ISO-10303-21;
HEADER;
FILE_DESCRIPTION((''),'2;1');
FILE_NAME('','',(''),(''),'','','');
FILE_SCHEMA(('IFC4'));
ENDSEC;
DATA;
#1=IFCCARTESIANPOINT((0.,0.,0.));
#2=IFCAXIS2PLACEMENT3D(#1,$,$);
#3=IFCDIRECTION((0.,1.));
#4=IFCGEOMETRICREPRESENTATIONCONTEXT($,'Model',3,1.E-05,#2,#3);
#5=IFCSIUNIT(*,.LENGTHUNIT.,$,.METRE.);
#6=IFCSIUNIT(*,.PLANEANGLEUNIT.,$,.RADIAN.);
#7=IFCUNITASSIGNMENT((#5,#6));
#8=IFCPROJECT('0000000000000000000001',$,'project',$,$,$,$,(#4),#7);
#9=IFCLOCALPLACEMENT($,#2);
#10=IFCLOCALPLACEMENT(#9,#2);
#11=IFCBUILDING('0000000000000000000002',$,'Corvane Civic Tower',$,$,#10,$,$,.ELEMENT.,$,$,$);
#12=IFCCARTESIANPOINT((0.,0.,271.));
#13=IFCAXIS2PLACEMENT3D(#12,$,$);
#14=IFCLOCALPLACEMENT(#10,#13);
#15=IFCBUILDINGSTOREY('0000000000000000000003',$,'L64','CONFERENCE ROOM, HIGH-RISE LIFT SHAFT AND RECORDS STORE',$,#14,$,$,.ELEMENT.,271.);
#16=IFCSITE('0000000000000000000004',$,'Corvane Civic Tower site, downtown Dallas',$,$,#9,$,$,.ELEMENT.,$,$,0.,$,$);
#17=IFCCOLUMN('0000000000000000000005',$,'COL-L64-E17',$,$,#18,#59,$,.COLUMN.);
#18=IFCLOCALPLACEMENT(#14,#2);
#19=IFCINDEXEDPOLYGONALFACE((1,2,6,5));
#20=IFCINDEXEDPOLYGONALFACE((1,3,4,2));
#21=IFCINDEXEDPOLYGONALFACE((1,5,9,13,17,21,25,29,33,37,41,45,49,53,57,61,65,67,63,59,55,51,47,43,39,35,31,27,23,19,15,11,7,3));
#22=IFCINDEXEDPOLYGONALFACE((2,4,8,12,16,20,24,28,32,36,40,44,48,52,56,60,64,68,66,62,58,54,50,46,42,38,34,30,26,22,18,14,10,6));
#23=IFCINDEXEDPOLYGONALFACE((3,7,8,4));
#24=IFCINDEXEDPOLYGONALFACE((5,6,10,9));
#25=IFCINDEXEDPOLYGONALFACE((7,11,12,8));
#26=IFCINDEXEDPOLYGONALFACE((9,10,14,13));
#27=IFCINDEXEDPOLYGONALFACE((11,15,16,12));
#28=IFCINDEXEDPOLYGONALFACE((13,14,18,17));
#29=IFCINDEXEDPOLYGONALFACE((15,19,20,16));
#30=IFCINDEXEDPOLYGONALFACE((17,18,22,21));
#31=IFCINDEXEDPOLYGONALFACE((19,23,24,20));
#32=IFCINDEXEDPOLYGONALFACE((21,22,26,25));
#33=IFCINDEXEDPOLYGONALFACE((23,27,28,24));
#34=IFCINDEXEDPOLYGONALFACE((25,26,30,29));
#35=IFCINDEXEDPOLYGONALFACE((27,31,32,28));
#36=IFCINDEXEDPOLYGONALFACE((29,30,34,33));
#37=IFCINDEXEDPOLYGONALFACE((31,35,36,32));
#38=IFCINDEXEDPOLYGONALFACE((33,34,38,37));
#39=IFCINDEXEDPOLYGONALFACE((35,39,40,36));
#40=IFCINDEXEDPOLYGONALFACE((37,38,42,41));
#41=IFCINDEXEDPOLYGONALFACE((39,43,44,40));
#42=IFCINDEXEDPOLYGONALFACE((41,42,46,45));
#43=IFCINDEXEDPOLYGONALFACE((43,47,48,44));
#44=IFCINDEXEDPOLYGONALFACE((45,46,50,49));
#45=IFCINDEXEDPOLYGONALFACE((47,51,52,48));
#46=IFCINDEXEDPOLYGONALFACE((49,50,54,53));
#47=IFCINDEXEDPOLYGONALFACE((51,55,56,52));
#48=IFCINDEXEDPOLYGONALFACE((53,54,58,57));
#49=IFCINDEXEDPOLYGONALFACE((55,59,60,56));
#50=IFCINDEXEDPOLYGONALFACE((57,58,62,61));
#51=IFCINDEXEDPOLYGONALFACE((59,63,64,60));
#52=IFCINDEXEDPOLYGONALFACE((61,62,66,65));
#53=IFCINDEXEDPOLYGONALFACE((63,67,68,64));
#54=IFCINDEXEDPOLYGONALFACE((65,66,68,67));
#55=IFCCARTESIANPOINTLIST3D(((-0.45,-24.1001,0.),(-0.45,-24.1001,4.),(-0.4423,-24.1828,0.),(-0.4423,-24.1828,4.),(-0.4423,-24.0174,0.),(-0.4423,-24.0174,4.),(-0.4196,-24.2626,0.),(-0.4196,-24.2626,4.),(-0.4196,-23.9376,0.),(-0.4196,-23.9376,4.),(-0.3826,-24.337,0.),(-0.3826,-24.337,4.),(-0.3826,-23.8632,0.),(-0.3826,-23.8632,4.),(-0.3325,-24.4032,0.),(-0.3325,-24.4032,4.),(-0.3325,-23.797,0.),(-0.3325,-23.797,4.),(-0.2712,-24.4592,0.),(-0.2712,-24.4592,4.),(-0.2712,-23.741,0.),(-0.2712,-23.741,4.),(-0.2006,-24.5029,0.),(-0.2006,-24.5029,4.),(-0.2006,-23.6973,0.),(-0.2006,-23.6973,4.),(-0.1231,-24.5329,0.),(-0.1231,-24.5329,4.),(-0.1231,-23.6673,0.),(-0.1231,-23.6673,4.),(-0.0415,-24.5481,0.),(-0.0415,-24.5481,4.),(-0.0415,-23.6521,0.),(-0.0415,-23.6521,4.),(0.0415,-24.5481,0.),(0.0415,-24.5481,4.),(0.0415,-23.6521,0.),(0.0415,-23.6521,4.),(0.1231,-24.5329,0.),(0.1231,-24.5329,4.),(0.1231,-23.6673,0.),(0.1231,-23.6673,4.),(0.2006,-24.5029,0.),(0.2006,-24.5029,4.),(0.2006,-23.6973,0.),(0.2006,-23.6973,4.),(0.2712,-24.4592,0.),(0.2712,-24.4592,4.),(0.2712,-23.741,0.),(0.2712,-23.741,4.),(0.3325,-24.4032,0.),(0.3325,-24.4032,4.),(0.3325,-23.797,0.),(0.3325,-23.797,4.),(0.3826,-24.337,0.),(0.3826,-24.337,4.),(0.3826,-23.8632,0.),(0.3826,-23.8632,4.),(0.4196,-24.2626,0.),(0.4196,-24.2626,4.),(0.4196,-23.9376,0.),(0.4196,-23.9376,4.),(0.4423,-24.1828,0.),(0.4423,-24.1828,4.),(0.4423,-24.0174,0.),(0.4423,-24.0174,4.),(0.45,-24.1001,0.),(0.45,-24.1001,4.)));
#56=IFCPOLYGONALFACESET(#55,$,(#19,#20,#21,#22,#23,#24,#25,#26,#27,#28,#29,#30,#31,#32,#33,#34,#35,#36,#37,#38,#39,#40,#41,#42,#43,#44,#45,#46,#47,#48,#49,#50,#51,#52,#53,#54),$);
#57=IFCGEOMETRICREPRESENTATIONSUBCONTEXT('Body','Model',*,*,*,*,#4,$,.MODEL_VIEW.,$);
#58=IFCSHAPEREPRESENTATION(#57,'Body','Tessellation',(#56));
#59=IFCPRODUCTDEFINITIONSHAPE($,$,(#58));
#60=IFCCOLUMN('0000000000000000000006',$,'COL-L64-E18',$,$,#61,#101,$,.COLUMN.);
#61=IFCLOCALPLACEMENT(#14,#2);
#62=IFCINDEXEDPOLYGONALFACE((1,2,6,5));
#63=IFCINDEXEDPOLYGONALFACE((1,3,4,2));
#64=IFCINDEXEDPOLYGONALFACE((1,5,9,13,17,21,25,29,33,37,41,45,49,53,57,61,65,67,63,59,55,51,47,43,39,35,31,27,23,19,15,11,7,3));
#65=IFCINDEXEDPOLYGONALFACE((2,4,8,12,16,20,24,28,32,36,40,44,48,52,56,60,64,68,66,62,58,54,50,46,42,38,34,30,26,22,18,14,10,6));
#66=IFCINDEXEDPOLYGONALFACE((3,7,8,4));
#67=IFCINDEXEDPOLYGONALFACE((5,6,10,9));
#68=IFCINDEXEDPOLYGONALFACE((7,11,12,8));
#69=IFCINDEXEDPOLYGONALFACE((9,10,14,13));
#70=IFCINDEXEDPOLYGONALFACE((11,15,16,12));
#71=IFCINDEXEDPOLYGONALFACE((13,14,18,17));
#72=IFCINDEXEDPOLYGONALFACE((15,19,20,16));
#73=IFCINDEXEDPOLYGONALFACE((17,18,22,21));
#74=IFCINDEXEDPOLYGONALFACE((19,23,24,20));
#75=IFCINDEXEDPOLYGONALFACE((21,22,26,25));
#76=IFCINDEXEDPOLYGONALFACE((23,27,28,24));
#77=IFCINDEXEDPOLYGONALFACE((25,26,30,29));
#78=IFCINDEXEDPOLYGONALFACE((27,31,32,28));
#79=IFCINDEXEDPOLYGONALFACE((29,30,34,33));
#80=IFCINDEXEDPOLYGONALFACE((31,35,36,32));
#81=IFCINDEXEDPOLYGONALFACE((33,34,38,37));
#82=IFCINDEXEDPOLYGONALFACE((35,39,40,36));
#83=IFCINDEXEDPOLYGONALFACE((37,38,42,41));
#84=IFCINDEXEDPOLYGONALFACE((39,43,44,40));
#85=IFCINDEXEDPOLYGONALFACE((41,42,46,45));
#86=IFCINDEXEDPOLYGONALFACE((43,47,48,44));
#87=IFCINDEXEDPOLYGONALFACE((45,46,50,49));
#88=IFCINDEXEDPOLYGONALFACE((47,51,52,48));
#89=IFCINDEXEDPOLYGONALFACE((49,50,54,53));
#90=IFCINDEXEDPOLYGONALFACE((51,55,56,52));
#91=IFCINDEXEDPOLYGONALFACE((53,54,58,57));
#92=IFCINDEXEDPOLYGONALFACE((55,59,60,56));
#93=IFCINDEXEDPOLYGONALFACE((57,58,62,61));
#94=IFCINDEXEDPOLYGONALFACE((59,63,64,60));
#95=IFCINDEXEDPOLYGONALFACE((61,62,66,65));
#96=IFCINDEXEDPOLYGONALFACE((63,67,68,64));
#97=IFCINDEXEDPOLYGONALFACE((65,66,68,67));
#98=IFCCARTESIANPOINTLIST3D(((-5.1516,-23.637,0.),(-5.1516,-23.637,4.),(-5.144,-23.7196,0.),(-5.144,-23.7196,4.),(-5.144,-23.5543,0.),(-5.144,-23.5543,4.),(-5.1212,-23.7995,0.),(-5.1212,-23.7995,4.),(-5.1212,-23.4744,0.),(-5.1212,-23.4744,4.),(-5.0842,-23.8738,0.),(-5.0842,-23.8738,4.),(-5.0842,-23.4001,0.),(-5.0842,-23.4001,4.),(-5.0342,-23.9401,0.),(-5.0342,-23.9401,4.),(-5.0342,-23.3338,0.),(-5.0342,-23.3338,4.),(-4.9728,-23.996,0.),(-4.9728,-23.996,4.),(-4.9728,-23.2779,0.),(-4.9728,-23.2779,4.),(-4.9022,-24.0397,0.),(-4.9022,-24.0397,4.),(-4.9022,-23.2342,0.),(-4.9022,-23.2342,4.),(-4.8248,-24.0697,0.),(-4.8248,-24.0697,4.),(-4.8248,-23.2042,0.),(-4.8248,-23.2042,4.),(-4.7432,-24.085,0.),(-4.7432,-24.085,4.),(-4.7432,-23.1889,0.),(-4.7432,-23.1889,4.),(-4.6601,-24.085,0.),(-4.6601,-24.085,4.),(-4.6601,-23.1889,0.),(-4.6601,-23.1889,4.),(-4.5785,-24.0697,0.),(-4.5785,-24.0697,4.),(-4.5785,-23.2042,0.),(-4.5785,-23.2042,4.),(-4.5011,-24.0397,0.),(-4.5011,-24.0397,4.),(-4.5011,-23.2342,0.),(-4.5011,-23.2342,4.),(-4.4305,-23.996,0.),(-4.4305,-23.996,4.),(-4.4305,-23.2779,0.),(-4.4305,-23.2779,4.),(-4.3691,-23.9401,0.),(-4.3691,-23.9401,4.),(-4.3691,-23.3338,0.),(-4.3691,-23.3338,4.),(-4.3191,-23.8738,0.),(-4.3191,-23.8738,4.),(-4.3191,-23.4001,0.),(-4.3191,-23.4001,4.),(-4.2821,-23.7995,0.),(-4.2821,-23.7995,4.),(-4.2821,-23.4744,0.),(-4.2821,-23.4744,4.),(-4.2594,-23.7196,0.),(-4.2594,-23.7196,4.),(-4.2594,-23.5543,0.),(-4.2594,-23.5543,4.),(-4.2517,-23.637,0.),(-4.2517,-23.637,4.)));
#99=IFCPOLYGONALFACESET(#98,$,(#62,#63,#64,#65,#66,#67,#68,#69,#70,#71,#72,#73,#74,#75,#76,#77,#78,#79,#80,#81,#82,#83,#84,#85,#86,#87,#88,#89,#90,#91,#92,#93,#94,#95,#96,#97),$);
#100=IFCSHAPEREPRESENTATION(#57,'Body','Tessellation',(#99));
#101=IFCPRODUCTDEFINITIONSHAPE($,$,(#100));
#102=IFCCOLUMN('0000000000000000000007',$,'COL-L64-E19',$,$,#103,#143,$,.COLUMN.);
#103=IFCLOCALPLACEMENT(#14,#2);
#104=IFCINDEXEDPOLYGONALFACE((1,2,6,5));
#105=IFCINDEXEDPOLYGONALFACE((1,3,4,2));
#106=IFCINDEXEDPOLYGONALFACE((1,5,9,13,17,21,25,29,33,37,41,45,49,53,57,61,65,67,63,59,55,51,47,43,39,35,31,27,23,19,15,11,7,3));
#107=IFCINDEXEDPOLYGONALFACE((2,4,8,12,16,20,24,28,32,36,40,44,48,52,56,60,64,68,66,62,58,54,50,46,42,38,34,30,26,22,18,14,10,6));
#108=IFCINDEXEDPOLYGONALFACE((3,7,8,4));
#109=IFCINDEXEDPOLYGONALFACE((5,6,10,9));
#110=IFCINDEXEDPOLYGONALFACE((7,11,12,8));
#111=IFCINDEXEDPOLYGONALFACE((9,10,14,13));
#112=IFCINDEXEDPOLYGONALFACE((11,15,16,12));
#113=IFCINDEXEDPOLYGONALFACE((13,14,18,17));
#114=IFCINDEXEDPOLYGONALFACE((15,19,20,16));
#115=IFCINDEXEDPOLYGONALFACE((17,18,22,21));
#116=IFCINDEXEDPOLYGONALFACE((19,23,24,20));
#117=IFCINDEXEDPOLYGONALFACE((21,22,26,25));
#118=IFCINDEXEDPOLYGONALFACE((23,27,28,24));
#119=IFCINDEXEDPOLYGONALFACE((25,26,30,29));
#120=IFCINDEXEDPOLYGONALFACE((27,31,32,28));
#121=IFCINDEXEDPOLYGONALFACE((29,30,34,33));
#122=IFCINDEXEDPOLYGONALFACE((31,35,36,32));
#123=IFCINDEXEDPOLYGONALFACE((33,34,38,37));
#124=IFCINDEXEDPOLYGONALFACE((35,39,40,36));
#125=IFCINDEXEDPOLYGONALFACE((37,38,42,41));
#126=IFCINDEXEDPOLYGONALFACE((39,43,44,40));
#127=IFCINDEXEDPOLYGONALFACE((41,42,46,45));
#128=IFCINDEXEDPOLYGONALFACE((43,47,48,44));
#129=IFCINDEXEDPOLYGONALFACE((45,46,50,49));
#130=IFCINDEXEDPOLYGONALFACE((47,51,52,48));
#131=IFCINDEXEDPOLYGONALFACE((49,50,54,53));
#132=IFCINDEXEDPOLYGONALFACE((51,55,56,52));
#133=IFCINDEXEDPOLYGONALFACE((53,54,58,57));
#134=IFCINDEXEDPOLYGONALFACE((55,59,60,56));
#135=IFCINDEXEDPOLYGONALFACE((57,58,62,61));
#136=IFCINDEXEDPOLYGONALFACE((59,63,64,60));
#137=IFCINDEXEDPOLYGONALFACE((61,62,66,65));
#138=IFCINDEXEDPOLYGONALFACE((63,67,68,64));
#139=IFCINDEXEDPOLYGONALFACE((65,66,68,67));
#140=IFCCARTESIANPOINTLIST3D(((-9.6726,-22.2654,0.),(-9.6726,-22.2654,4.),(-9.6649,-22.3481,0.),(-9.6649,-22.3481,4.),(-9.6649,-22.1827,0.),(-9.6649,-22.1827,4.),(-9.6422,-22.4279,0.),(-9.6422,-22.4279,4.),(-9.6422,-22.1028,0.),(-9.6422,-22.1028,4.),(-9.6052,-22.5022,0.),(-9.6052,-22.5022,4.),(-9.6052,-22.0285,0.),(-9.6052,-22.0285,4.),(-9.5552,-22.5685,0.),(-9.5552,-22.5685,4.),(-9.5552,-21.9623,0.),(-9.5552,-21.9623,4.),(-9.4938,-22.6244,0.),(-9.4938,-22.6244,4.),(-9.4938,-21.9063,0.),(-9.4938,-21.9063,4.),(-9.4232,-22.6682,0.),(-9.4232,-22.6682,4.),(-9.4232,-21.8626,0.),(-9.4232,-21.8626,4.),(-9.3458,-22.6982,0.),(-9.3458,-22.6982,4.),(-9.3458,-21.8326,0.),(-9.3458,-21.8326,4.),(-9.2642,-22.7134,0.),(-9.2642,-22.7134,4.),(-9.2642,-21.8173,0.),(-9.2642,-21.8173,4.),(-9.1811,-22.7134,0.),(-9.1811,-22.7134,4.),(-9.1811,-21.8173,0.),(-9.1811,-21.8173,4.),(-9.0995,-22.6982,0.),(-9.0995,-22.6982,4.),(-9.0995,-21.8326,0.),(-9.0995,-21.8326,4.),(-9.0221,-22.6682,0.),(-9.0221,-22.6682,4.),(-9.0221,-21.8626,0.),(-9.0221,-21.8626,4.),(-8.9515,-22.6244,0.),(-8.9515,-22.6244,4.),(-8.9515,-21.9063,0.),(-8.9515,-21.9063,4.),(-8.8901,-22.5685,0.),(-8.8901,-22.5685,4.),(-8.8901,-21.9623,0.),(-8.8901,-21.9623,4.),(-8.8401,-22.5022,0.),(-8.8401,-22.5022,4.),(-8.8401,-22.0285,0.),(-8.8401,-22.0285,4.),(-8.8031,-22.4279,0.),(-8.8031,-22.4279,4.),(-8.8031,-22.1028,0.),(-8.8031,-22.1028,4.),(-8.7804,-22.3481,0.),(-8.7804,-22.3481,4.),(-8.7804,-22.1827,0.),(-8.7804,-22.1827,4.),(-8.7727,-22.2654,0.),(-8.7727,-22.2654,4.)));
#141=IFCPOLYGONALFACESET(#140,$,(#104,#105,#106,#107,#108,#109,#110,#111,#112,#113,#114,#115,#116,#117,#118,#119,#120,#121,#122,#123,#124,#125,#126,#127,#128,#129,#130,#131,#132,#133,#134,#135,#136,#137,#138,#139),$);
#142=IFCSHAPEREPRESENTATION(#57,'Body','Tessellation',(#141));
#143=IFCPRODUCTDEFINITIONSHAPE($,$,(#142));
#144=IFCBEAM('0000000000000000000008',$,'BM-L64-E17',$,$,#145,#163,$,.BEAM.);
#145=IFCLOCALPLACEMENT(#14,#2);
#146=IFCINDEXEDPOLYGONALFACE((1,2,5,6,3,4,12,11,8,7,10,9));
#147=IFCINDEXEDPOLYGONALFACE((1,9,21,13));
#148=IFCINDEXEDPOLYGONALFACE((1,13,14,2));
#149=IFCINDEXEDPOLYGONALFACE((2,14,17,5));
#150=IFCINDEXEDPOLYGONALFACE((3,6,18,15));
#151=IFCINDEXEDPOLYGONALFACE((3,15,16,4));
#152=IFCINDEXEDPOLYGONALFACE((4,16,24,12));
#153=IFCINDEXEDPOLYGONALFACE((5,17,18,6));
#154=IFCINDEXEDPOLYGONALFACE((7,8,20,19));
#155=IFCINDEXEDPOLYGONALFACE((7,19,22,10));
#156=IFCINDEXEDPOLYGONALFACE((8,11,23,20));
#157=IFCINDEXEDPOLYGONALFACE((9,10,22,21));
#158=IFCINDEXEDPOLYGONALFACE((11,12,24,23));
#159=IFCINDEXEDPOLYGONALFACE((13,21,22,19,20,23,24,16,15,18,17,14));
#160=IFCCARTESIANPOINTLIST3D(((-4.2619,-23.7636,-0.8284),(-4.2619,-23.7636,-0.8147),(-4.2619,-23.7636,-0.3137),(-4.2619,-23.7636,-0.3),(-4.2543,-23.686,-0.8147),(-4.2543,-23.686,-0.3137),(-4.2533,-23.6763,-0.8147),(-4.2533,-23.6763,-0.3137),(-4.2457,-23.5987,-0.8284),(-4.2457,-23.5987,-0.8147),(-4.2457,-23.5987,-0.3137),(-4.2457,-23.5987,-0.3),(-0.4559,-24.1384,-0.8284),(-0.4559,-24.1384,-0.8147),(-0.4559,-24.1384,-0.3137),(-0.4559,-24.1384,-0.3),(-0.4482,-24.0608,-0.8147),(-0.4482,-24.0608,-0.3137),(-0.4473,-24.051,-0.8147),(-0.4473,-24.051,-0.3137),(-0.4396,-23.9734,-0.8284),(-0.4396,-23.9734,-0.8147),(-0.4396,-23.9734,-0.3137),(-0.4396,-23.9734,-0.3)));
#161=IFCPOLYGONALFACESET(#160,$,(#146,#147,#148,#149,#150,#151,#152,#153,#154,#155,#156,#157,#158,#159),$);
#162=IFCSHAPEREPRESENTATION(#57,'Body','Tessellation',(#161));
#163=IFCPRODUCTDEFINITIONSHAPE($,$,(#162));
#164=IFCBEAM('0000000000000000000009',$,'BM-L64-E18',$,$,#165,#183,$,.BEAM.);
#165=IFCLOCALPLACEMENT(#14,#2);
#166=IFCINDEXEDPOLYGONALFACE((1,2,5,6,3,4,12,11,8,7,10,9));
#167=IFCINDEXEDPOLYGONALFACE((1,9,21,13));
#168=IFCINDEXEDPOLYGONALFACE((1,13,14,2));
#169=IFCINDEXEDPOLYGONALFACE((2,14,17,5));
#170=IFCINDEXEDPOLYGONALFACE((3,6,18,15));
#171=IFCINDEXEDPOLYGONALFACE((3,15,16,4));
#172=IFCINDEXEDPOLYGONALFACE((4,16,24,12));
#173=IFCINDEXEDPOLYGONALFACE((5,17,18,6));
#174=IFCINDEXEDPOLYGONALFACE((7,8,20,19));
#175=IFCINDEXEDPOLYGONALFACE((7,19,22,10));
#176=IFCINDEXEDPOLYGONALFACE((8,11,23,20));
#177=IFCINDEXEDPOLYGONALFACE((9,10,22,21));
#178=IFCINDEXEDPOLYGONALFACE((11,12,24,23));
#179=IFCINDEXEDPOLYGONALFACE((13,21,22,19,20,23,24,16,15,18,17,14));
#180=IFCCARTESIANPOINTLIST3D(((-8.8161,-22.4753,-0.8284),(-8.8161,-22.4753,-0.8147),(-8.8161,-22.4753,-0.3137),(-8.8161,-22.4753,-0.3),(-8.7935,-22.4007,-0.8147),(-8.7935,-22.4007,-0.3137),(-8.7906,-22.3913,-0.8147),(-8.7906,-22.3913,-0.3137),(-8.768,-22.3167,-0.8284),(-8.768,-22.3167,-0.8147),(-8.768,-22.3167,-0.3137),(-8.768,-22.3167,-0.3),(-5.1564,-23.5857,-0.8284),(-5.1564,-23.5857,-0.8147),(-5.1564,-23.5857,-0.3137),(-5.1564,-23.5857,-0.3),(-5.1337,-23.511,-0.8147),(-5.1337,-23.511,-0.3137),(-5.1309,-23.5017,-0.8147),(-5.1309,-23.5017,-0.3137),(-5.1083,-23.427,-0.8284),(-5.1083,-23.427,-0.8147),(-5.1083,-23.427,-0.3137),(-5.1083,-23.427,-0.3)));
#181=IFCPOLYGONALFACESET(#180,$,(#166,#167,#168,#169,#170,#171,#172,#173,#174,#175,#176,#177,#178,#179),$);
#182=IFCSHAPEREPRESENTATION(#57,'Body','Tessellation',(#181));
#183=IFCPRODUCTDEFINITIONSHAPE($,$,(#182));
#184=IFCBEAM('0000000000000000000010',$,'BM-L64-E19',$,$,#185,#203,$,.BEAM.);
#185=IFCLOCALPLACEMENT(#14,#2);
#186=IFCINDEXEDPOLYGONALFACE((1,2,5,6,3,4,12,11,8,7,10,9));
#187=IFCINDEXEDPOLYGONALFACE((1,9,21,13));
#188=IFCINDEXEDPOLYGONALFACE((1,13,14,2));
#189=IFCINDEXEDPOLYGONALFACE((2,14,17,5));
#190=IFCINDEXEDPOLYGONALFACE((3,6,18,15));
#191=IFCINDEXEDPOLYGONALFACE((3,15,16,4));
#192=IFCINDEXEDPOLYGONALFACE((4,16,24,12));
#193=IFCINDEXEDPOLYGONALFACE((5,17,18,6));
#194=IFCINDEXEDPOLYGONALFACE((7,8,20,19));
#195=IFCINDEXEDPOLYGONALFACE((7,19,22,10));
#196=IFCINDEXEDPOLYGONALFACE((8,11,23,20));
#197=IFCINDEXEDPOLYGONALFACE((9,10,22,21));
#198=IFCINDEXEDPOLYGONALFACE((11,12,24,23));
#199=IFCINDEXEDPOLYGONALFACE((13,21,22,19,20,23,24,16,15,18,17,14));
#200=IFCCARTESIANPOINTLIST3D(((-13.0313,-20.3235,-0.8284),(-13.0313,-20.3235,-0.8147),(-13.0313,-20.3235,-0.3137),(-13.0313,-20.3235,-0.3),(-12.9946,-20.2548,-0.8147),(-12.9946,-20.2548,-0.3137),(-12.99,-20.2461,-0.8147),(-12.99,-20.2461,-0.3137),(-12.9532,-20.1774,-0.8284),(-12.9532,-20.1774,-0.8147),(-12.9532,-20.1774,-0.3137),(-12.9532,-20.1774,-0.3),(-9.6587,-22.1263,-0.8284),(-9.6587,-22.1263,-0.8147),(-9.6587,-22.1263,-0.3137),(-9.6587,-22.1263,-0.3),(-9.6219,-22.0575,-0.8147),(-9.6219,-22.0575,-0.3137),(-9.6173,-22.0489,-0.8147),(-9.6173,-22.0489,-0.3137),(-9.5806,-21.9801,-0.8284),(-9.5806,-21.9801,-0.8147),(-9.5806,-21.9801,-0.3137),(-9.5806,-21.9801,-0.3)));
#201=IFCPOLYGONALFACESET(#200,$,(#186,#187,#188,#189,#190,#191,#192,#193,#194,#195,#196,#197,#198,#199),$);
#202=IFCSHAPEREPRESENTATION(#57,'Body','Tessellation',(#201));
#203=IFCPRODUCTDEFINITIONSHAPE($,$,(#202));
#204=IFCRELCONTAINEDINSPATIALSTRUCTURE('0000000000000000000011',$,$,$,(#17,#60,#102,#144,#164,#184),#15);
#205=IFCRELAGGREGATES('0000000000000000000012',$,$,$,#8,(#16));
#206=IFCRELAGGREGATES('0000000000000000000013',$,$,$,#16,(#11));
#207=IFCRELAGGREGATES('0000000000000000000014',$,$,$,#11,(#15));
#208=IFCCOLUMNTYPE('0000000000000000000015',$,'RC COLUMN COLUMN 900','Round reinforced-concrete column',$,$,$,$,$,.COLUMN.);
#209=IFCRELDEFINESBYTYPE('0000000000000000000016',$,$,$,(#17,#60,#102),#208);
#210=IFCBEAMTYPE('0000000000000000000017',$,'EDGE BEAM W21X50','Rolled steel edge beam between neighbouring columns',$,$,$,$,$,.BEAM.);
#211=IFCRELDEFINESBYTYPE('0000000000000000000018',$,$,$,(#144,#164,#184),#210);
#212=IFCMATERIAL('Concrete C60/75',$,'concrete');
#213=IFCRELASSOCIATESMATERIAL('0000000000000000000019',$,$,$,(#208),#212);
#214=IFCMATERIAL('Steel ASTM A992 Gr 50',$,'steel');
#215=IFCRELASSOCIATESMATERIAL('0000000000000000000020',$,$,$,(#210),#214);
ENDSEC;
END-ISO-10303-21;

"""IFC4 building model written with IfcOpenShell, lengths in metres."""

from ifc_helpers import new_model, si_unit, direction, frame, origin, origin_2d, place, context, subcontext, project, spatial, circle, i_section, extrude, material, material_profile, profile_set, type_object, element, save


model = new_model("IFC4")

# Units and contexts
model_context = context("Model", 3, precision=1e-05, world=origin(), true_north=direction((0.0, 1.0)))
body_context = subcontext(model_context, "Body", "Model", "MODEL_VIEW")
ifc_project = project(units=[si_unit("LENGTHUNIT", "METRE"), si_unit("PLANEANGLEUNIT", "RADIAN")], contexts=[model_context])

# Site, building, storey
site_placement = place(None, origin())
site = spatial("IfcSite", under=ifc_project, at=site_placement, Name="Corvane Civic Tower site, downtown Dallas", CompositionType="ELEMENT", RefElevation=0.0)
building_placement = place(site_placement, origin())
building = spatial("IfcBuilding", under=site, at=building_placement, Name="Corvane Civic Tower", CompositionType="ELEMENT")
storey_placement = place(building_placement, frame((0.0, 0.0, 271.0)))
storey = spatial("IfcBuildingStorey", under=building, at=storey_placement, Name="L64", Description="CONFERENCE ROOM, HIGH-RISE LIFT SHAFT AND RECORDS STORE", CompositionType="ELEMENT", Elevation=271.0)

# Columns
ifc_material_1 = material(Name="Concrete C60/75", Category="concrete")
ifc_material_profile_1 = material_profile(ifc_material_1, circle(Radius=0.45, at=origin_2d()), Name="COLUMN 900")
ifc_profile_set_1 = profile_set([ifc_material_profile_1], Name="Concrete C60/75")
column_type = type_object("IfcColumnType", Name="RC COLUMN COLUMN 900", Description="Round reinforced-concrete column", PredefinedType="COLUMN", material=ifc_profile_set_1)
for number, where, z_axis, x_axis, name in (
    (1, (0.0, -24.1001, 0.0), (0.0, 0.0, 1.0), (1.0, 0.0, 0.0), "COL-L64-E17"),
    (2, (-4.7017, -23.637, 0.0), (0.0, 0.0, 1.0), (1.0, 0.0, 0.0), "COL-L64-E18"),
    (3, (-9.2227, -22.2654, 0.0), (0.0, 0.0, 1.0), (1.0, 0.0, 0.0), "COL-L64-E19"),
):
    element("IfcColumn", number, at=place(storey_placement, frame(where, z_axis=z_axis, x_axis=x_axis)), inside=storey, type_object=column_type, Name=name, PredefinedType="COLUMN", context=body_context, shape_type="SweptSolid", body=[
        extrude(circle(Radius=0.45, at=origin_2d()), origin(), (0.0, 0.0, 1.0), 4.0),
    ])

# Beams
ifc_material_2 = material(Name="Steel ASTM A992 Gr 50", Category="steel")
ifc_material_profile_2 = material_profile(ifc_material_2, i_section(OverallWidth=0.1658, OverallDepth=0.5283, WebThickness=0.0098, FlangeThickness=0.0137, at=origin_2d()), Name="W21X50")
ifc_profile_set_2 = profile_set([ifc_material_profile_2], Name="Steel ASTM A992 Gr 50")
beam_type_1 = type_object("IfcBeamType", Name="EDGE BEAM W21X50", Description="Rolled steel edge beam between neighbouring columns", PredefinedType="BEAM", material=ifc_profile_set_2)
for number, where, z_axis, x_axis, name in (
    (4, (-0.4478, -24.0559, -0.5642), (-0.995188, 0.097987, 0.0), (-0.097987, -0.995188, 0.0), "BM-L64-E17"),
    (5, (-5.1323, -23.5063, -0.5642), (-0.956926, 0.290333, 0.0), (-0.290333, -0.956926, 0.0), "BM-L64-E18"),
):
    element("IfcBeam", number, at=place(storey_placement, frame(where, z_axis=z_axis, x_axis=x_axis)), inside=storey, type_object=beam_type_1, Name=name, PredefinedType="BEAM", context=body_context, shape_type="SweptSolid", body=[
        extrude(i_section(OverallWidth=0.1658, OverallDepth=0.5283, WebThickness=0.0098, FlangeThickness=0.0137, at=origin_2d()), origin(), (0.0, 0.0, 1.0), 3.8245),
    ])
beam_1_placement = place(storey_placement, frame((-9.6196, -22.0532, -0.5642), z_axis=(-0.881914, 0.47141, 0.0), x_axis=(-0.47141, -0.881914, 0.0)))
element("IfcBeam", 6, at=beam_1_placement, inside=storey, type_object=beam_type_1, Name="BM-L64-E19", PredefinedType="BEAM", context=body_context, shape_type="SweptSolid", body=[
    extrude(i_section(OverallWidth=0.1658, OverallDepth=0.5283, WebThickness=0.0098, FlangeThickness=0.0137, at=origin_2d()), origin(), (0.0, 0.0, 1.0), 3.8242),
])

save(model, "model.ifc")
